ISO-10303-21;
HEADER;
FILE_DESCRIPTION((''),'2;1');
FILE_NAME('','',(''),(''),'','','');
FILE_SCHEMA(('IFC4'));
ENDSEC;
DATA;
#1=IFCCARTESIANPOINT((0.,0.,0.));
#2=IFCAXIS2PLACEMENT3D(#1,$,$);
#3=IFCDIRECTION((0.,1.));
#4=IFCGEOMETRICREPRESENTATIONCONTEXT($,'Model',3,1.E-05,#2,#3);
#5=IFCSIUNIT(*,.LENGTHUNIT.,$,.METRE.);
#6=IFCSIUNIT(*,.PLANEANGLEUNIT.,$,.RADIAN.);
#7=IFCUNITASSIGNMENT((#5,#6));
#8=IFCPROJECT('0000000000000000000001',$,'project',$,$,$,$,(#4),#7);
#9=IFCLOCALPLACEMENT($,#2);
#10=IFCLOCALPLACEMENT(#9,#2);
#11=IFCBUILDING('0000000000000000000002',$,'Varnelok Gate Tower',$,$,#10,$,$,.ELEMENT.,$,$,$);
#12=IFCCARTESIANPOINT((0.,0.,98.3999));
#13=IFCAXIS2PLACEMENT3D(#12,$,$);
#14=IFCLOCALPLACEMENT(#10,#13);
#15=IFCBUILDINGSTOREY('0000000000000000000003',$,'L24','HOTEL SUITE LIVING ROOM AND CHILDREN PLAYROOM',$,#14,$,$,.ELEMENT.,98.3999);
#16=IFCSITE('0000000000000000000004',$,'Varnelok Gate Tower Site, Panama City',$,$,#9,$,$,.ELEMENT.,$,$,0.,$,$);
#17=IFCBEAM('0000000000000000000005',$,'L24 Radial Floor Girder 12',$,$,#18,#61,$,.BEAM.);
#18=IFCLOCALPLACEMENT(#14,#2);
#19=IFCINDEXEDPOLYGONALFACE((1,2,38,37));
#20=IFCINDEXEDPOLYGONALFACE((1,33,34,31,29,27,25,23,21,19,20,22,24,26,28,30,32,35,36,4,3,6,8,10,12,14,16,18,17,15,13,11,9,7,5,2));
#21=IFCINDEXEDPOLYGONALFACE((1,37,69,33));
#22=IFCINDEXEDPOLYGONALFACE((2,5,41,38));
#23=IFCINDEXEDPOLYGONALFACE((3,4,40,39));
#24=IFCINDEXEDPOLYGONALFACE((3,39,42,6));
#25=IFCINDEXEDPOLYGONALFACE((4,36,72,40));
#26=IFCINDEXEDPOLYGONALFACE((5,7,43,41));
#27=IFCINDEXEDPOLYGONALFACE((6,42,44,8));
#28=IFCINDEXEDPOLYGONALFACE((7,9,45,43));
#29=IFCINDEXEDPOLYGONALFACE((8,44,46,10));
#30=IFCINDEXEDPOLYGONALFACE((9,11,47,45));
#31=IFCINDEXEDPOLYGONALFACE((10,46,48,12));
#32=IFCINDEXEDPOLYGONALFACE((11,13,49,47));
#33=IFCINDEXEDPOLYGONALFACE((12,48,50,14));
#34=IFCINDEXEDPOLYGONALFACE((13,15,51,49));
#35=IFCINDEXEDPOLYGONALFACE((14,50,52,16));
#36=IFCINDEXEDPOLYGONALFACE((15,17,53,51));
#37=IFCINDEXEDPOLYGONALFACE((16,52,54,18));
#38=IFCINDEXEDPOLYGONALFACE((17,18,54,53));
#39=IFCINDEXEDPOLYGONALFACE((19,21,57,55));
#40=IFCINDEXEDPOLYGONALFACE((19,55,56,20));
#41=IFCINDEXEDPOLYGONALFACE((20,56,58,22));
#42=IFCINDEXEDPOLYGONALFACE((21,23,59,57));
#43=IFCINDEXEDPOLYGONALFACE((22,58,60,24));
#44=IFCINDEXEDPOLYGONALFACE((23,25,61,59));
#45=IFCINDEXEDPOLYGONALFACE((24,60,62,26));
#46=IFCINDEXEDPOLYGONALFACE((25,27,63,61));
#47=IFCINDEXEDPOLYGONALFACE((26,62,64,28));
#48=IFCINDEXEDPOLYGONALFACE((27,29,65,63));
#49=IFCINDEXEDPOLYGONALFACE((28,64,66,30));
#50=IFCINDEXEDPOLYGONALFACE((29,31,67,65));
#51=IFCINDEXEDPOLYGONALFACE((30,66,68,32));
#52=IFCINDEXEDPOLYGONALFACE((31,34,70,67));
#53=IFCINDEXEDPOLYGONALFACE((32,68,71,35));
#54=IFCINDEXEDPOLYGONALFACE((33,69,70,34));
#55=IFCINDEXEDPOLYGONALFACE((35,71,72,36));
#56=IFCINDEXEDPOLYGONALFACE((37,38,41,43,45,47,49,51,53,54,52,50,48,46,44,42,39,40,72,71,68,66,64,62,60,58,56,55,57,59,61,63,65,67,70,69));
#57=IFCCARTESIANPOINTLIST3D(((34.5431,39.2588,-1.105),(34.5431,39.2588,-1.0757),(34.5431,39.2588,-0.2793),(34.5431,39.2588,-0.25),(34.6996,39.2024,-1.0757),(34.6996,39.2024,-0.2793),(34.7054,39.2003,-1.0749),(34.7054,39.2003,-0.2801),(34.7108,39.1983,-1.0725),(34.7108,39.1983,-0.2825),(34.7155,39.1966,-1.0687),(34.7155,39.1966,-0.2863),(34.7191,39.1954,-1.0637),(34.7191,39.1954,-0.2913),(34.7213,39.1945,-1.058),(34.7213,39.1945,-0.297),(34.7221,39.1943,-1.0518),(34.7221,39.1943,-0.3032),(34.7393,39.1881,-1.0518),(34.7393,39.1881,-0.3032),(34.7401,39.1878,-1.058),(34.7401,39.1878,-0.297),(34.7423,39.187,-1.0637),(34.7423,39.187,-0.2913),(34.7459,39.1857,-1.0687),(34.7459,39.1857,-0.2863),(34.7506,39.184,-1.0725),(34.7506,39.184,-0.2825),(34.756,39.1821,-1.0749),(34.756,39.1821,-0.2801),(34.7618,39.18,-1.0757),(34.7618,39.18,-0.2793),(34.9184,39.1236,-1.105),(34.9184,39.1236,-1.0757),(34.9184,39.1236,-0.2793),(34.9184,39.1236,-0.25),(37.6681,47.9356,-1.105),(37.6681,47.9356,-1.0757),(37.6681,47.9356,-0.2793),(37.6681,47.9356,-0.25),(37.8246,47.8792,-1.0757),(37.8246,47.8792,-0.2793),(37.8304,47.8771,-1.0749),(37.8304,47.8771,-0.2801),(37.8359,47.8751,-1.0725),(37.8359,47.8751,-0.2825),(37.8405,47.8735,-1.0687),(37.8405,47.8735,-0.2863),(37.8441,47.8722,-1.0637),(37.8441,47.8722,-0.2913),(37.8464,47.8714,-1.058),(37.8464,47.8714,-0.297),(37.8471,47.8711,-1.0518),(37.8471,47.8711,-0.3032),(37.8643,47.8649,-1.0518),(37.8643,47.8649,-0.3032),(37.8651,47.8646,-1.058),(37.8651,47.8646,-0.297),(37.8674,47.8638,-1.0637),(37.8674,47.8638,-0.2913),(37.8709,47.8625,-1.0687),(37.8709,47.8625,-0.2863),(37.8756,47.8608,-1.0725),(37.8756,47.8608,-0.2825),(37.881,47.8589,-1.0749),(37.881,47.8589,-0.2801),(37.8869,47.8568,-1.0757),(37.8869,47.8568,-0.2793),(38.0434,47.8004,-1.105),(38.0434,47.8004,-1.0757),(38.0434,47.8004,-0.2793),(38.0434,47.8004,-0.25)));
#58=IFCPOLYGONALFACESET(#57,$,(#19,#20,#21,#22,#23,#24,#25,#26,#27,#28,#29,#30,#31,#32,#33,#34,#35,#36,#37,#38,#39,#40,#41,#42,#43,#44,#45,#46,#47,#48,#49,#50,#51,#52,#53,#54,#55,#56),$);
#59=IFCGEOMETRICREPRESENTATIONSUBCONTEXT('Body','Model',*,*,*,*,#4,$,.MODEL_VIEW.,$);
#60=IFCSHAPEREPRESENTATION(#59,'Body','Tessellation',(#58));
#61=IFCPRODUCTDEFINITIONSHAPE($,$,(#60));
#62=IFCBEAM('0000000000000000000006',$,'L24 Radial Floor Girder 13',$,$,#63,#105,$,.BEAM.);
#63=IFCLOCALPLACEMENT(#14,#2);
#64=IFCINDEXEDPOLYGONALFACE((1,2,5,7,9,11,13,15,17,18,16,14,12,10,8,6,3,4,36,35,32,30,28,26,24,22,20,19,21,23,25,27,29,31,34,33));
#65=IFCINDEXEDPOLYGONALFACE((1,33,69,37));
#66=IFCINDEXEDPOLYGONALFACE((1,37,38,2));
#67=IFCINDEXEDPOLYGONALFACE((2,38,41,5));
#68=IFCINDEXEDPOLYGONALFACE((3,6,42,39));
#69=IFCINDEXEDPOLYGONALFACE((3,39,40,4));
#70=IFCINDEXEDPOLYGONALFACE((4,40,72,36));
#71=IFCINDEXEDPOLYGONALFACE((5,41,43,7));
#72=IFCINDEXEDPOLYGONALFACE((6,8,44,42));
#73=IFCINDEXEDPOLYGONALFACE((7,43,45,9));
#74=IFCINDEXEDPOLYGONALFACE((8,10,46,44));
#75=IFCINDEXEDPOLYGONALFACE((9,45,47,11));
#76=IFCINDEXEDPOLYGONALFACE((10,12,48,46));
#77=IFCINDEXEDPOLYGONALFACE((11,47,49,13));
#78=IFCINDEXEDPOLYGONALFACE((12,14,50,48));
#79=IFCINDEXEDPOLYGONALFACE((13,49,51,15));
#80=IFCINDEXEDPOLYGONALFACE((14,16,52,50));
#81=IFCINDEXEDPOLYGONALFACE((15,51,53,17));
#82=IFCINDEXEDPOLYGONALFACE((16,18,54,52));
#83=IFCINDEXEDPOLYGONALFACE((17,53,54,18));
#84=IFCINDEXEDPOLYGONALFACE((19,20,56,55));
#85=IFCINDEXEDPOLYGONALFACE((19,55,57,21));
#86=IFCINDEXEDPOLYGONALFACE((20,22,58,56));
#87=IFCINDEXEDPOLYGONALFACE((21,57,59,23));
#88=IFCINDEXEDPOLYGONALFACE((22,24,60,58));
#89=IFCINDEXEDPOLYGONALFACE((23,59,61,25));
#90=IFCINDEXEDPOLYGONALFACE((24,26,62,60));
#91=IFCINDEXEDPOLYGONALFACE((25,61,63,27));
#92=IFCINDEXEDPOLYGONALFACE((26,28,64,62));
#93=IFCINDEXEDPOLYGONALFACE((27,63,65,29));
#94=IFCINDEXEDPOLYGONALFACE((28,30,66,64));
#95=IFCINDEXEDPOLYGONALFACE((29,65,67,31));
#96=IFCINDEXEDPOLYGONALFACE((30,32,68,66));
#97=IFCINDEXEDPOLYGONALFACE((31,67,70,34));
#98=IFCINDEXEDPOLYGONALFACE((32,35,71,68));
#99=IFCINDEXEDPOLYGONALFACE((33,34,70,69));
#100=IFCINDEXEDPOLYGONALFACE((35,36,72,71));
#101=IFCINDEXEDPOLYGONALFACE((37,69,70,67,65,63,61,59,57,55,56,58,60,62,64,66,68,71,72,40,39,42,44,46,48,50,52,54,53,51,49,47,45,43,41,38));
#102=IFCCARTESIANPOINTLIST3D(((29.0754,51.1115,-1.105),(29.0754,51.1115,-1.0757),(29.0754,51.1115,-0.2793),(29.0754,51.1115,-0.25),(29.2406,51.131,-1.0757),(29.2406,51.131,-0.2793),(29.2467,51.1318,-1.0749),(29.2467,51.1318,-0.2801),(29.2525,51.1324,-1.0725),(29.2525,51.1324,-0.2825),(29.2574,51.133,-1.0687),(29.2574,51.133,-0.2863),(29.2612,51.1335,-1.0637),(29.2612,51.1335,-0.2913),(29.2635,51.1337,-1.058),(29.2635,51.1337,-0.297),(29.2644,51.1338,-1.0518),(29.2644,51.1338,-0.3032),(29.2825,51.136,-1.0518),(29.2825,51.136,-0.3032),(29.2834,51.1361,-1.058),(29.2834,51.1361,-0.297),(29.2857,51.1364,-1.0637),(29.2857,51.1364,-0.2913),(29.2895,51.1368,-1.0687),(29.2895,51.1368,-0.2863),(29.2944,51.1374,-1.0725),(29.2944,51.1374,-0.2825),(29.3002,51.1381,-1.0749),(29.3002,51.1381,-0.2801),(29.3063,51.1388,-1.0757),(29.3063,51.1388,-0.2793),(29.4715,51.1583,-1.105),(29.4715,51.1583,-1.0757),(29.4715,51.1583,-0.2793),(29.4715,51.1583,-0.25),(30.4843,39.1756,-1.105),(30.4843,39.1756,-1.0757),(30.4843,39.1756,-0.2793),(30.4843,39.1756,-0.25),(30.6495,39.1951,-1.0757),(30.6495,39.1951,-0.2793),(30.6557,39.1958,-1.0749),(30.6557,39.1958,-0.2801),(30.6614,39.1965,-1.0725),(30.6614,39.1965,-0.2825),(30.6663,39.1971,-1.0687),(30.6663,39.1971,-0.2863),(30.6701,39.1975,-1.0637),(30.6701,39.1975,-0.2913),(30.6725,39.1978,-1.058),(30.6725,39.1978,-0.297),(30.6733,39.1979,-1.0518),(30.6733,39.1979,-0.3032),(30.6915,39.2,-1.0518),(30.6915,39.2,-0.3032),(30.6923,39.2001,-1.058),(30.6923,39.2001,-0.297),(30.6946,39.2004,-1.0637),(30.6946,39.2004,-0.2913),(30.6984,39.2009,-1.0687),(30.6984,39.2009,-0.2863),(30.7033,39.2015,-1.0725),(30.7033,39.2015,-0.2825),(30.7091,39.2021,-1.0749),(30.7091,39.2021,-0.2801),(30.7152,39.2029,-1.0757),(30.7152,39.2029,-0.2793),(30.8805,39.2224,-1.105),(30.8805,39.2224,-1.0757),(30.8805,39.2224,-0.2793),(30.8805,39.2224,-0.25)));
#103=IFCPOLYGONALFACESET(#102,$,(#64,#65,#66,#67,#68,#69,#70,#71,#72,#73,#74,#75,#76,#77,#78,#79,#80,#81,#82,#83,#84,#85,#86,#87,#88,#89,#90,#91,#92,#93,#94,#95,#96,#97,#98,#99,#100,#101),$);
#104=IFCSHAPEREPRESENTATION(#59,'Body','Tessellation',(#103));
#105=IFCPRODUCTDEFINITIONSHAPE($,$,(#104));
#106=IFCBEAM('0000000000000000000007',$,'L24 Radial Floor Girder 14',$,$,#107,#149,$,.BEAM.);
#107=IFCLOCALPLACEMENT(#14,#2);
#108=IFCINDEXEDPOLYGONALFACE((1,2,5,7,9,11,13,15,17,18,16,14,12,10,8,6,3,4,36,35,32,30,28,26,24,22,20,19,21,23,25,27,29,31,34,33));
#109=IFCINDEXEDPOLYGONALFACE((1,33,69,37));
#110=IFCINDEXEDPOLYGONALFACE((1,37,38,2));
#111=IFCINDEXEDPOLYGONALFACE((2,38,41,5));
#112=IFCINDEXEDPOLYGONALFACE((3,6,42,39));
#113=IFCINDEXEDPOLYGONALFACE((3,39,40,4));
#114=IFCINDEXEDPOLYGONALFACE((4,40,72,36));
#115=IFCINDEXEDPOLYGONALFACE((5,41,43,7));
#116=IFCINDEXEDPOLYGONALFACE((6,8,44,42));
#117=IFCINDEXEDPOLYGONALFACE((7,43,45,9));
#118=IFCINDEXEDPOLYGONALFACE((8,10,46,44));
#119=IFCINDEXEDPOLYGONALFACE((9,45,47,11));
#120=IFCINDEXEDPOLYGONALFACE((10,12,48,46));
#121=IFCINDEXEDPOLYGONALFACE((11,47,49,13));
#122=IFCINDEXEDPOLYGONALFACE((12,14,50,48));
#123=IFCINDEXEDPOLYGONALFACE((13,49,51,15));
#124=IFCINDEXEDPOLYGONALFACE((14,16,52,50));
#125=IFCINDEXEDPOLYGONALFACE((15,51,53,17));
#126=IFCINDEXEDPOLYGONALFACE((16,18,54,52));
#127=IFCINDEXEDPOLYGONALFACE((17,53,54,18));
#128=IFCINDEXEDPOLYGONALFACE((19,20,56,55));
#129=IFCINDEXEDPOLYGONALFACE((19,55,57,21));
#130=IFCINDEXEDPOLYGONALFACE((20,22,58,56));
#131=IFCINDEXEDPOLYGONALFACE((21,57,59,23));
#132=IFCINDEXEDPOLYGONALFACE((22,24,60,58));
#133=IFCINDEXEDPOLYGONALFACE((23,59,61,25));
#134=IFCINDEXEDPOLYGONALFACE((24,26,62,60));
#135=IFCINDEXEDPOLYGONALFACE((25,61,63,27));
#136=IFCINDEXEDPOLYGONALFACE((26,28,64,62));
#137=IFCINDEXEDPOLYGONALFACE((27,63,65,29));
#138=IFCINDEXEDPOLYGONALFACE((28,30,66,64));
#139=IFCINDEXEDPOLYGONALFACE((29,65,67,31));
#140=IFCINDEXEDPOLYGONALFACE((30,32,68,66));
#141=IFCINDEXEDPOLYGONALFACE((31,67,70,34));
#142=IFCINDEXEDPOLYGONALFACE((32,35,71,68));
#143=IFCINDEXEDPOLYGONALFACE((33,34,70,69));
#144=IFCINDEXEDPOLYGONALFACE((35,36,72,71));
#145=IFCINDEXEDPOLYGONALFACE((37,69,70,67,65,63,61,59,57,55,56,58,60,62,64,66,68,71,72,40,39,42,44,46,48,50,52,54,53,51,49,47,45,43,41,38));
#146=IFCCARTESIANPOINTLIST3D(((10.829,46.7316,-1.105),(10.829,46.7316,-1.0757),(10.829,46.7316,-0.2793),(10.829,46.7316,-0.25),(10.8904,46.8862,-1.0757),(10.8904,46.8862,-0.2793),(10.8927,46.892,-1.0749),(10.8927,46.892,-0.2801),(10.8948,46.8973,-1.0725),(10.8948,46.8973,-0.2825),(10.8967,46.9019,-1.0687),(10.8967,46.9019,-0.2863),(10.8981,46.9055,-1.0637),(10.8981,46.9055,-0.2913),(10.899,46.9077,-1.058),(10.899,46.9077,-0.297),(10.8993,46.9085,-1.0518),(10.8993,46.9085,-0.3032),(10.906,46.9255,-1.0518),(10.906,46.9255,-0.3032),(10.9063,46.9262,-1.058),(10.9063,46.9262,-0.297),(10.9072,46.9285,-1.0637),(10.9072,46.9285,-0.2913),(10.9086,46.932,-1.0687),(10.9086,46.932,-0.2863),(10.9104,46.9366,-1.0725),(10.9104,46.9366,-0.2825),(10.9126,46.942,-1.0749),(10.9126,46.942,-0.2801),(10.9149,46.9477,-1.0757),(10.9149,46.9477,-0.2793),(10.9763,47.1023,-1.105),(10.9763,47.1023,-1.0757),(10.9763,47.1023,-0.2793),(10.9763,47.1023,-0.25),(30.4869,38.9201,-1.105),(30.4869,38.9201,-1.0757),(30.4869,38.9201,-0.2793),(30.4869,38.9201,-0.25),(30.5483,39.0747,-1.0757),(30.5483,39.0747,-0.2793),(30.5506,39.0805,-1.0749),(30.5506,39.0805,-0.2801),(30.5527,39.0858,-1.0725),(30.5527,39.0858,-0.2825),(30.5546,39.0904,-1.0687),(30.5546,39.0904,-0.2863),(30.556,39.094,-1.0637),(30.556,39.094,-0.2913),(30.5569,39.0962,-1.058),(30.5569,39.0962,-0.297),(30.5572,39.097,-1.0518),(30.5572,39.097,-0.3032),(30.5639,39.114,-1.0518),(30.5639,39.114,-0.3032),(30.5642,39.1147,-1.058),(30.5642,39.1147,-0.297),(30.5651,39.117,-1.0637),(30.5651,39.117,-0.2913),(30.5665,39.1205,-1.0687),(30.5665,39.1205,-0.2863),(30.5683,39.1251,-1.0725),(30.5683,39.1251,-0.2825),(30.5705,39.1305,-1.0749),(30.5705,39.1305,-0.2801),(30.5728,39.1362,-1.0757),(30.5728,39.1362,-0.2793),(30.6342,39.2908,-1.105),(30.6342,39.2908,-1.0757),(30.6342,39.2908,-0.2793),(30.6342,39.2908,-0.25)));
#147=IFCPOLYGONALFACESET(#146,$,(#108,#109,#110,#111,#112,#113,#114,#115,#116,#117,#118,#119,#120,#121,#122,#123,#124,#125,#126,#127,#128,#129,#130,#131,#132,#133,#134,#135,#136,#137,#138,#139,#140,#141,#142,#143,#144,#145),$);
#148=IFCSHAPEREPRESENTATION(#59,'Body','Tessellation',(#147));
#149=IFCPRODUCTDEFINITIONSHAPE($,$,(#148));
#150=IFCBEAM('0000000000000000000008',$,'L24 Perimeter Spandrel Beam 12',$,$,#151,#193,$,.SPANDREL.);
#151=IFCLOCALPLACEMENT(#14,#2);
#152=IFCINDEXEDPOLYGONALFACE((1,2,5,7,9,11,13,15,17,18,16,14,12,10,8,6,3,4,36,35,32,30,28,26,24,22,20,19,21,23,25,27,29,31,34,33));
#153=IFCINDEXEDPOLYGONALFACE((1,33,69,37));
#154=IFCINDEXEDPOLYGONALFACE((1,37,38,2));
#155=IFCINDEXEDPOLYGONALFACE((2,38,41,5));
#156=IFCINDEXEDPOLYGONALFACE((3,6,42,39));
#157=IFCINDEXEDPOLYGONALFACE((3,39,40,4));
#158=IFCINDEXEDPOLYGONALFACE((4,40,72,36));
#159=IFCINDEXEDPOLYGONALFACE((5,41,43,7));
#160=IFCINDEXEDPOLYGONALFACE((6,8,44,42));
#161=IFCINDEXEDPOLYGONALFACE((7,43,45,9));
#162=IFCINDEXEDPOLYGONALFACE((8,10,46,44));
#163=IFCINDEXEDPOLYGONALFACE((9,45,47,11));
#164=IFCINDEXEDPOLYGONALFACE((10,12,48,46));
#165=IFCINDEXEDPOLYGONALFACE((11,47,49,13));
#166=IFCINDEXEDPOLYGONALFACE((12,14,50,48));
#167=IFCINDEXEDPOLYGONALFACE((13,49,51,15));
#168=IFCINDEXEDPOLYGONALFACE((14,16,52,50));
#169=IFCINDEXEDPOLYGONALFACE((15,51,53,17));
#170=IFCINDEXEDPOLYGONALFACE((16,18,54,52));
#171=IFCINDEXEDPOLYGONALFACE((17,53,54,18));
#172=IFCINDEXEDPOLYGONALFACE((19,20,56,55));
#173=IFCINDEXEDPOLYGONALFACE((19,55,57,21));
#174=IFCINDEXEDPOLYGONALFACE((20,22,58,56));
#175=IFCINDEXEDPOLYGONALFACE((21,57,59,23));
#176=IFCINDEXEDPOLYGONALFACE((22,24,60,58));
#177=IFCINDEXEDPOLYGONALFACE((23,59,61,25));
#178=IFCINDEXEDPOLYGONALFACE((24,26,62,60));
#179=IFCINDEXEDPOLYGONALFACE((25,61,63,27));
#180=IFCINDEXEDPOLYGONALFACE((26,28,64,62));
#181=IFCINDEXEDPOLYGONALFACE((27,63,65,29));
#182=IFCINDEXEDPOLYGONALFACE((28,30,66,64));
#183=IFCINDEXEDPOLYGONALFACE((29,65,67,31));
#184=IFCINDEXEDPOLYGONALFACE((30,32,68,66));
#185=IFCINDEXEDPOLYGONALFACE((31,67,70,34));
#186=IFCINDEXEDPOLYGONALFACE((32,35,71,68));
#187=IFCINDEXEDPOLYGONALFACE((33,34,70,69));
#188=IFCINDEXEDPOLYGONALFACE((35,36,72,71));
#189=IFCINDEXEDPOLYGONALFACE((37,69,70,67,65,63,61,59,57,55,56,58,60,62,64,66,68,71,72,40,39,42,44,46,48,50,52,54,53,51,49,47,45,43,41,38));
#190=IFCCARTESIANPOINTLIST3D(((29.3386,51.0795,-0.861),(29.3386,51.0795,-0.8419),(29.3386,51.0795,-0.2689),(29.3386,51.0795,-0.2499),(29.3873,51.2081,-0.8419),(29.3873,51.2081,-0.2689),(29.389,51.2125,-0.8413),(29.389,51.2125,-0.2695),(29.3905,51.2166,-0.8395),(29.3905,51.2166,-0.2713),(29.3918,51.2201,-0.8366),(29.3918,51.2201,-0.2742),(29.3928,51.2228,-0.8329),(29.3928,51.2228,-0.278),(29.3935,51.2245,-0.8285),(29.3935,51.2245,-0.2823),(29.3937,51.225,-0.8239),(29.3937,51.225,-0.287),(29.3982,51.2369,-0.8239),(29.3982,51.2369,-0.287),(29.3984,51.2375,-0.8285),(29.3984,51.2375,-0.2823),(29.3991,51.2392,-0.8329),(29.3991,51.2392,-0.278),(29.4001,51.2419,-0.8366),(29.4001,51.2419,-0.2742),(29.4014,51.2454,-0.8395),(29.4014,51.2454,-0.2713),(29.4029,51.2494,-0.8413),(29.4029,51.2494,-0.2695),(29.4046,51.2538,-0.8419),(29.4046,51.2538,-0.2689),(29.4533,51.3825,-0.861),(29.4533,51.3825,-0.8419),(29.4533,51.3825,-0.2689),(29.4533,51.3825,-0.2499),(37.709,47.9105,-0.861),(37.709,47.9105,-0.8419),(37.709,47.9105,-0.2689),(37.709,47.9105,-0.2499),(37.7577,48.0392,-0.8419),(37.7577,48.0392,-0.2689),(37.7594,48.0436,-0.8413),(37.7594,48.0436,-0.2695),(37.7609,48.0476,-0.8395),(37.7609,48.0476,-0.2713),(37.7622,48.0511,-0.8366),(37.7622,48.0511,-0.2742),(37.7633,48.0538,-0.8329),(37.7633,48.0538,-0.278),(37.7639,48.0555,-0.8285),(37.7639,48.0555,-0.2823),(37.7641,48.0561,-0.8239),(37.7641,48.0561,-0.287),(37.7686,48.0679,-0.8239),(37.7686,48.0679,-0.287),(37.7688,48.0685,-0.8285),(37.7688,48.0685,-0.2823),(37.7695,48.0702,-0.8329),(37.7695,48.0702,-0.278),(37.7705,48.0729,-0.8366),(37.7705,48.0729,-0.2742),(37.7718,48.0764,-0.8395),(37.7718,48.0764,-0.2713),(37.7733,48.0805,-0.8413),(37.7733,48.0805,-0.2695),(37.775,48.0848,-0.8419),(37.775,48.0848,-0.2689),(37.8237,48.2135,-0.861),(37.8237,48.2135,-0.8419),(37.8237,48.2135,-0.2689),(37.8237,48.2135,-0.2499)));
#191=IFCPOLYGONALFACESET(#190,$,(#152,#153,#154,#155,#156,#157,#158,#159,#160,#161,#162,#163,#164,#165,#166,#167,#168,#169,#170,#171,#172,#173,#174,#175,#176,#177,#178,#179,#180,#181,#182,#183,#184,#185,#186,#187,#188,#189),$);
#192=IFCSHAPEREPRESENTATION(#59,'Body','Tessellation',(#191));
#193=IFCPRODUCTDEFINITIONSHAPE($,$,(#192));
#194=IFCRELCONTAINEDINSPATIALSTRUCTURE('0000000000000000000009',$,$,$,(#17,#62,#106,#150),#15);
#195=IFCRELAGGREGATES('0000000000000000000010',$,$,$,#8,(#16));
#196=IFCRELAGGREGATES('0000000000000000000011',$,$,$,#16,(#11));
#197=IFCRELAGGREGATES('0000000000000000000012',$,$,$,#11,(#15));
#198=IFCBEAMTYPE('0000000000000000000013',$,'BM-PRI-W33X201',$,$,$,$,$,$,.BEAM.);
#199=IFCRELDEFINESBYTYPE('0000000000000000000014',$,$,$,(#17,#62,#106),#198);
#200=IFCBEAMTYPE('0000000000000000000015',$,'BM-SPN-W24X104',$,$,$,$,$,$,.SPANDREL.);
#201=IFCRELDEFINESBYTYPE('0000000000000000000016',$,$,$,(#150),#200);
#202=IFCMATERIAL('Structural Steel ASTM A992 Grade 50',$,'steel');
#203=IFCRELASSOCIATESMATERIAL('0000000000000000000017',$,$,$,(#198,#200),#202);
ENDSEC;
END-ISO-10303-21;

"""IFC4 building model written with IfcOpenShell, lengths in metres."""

from ifc_helpers import new_model, si_unit, direction, frame, origin, origin_2d, place, context, subcontext, project, spatial, i_section, extrude, material, material_profile, profile_set, type_object, element, save


model = new_model("IFC4")

# Units and contexts
model_context = context("Model", 3, precision=1e-05, world=origin(), true_north=direction((0.0, 1.0)))
body_context = subcontext(model_context, "Body", "Model", "MODEL_VIEW")
ifc_project = project(units=[si_unit("LENGTHUNIT", "METRE"), si_unit("PLANEANGLEUNIT", "RADIAN")], contexts=[model_context])

# Site, building, storey
site_placement = place(None, origin())
site = spatial("IfcSite", under=ifc_project, at=site_placement, Name="Varnelok Gate Tower Site, Panama City", CompositionType="ELEMENT", RefElevation=0.0)
building_placement = place(site_placement, origin())
building = spatial("IfcBuilding", under=site, at=building_placement, Name="Varnelok Gate Tower", CompositionType="ELEMENT")
storey_placement = place(building_placement, frame((0.0, 0.0, 98.3999)))
storey = spatial("IfcBuildingStorey", under=building, at=storey_placement, Name="L24", Description="HOTEL SUITE LIVING ROOM AND CHILDREN PLAYROOM", CompositionType="ELEMENT", Elevation=98.3999)

# Shared definitions
ifc_material_1 = material(Name="Structural Steel ASTM A992 Grade 50", Category="steel")

# Beams
ifc_material_profile_1 = material_profile(ifc_material_1, i_section(OverallWidth=0.3989, OverallDepth=0.855, WebThickness=0.0183, FlangeThickness=0.0293, FilletRadius=0.0239, at=origin_2d()), Name="W33X201")
ifc_profile_set_1 = profile_set([ifc_material_profile_1], Name="Structural Steel ASTM A992 Grade 50")
beam_type_1 = type_object("IfcBeamType", Name="BM-PRI-W33X201", PredefinedType="BEAM", material=ifc_profile_set_1)
beam_1_placement = place(storey_placement, frame((34.7307, 39.1912, -0.6775), z_axis=(0.338851, 0.94084, 0.0), x_axis=(-0.94084, 0.338851, 0.0)))
element("IfcBeam", 1, at=beam_1_placement, inside=storey, type_object=beam_type_1, Name="L24 Radial Floor Girder 12", PredefinedType="BEAM", context=body_context, shape_type="SweptSolid", body=[
    extrude(i_section(OverallWidth=0.3989, OverallDepth=0.855, WebThickness=0.0183, FlangeThickness=0.0293, FilletRadius=0.0239, at=origin_2d()), origin(), (0.0, 0.0, 1.0), 9.2224),
])
beam_2_placement = place(storey_placement, frame((30.6824, 39.199, -0.6775), z_axis=(-0.117227, 0.993105, 0.0), x_axis=(-0.993105, -0.117227, 0.0)))
element("IfcBeam", 2, at=beam_2_placement, inside=storey, type_object=beam_type_1, Name="L24 Radial Floor Girder 13", PredefinedType="BEAM", context=body_context, shape_type="SweptSolid", body=[
    extrude(i_section(OverallWidth=0.3989, OverallDepth=0.855, WebThickness=0.0183, FlangeThickness=0.0293, FilletRadius=0.0239, at=origin_2d()), origin(), (0.0, 0.0, 1.0), 12.0188),
])
beam_3_placement = place(storey_placement, frame((30.5605, 39.1055, -0.6775), z_axis=(-0.929316, 0.369284, 0.0), x_axis=(-0.369284, -0.929316, 0.0)))
element("IfcBeam", 3, at=beam_3_placement, inside=storey, type_object=beam_type_1, Name="L24 Radial Floor Girder 14", PredefinedType="BEAM", context=body_context, shape_type="SweptSolid", body=[
    extrude(i_section(OverallWidth=0.3989, OverallDepth=0.855, WebThickness=0.0183, FlangeThickness=0.0293, FilletRadius=0.0239, at=origin_2d()), origin(), (0.0, 0.0, 1.0), 21.1531),
])
ifc_material_profile_2 = material_profile(ifc_material_1, i_section(OverallWidth=0.324, OverallDepth=0.6111, WebThickness=0.0127, FlangeThickness=0.019, FilletRadius=0.0181, at=origin_2d()), Name="W24X104")
ifc_profile_set_2 = profile_set([ifc_material_profile_2], Name="Structural Steel ASTM A992 Grade 50")
beam_type_2 = type_object("IfcBeamType", Name="BM-SPN-W24X104", PredefinedType="SPANDREL", material=ifc_profile_set_2)
beam_4_placement = place(storey_placement, frame((37.7664, 48.062, -0.5554), z_axis=(-0.93522, 0.354066, 0.0), x_axis=(-0.354066, -0.93522, 0.0)))
element("IfcBeam", 4, at=beam_4_placement, inside=storey, type_object=beam_type_2, Name="L24 Perimeter Spandrel Beam 12", PredefinedType="SPANDREL", context=body_context, shape_type="SweptSolid", body=[
    extrude(i_section(OverallWidth=0.324, OverallDepth=0.6111, WebThickness=0.0127, FlangeThickness=0.019, FilletRadius=0.0181, at=origin_2d()), origin(), (0.0, 0.0, 1.0), 8.9502),
])

save(model, "model.ifc")
